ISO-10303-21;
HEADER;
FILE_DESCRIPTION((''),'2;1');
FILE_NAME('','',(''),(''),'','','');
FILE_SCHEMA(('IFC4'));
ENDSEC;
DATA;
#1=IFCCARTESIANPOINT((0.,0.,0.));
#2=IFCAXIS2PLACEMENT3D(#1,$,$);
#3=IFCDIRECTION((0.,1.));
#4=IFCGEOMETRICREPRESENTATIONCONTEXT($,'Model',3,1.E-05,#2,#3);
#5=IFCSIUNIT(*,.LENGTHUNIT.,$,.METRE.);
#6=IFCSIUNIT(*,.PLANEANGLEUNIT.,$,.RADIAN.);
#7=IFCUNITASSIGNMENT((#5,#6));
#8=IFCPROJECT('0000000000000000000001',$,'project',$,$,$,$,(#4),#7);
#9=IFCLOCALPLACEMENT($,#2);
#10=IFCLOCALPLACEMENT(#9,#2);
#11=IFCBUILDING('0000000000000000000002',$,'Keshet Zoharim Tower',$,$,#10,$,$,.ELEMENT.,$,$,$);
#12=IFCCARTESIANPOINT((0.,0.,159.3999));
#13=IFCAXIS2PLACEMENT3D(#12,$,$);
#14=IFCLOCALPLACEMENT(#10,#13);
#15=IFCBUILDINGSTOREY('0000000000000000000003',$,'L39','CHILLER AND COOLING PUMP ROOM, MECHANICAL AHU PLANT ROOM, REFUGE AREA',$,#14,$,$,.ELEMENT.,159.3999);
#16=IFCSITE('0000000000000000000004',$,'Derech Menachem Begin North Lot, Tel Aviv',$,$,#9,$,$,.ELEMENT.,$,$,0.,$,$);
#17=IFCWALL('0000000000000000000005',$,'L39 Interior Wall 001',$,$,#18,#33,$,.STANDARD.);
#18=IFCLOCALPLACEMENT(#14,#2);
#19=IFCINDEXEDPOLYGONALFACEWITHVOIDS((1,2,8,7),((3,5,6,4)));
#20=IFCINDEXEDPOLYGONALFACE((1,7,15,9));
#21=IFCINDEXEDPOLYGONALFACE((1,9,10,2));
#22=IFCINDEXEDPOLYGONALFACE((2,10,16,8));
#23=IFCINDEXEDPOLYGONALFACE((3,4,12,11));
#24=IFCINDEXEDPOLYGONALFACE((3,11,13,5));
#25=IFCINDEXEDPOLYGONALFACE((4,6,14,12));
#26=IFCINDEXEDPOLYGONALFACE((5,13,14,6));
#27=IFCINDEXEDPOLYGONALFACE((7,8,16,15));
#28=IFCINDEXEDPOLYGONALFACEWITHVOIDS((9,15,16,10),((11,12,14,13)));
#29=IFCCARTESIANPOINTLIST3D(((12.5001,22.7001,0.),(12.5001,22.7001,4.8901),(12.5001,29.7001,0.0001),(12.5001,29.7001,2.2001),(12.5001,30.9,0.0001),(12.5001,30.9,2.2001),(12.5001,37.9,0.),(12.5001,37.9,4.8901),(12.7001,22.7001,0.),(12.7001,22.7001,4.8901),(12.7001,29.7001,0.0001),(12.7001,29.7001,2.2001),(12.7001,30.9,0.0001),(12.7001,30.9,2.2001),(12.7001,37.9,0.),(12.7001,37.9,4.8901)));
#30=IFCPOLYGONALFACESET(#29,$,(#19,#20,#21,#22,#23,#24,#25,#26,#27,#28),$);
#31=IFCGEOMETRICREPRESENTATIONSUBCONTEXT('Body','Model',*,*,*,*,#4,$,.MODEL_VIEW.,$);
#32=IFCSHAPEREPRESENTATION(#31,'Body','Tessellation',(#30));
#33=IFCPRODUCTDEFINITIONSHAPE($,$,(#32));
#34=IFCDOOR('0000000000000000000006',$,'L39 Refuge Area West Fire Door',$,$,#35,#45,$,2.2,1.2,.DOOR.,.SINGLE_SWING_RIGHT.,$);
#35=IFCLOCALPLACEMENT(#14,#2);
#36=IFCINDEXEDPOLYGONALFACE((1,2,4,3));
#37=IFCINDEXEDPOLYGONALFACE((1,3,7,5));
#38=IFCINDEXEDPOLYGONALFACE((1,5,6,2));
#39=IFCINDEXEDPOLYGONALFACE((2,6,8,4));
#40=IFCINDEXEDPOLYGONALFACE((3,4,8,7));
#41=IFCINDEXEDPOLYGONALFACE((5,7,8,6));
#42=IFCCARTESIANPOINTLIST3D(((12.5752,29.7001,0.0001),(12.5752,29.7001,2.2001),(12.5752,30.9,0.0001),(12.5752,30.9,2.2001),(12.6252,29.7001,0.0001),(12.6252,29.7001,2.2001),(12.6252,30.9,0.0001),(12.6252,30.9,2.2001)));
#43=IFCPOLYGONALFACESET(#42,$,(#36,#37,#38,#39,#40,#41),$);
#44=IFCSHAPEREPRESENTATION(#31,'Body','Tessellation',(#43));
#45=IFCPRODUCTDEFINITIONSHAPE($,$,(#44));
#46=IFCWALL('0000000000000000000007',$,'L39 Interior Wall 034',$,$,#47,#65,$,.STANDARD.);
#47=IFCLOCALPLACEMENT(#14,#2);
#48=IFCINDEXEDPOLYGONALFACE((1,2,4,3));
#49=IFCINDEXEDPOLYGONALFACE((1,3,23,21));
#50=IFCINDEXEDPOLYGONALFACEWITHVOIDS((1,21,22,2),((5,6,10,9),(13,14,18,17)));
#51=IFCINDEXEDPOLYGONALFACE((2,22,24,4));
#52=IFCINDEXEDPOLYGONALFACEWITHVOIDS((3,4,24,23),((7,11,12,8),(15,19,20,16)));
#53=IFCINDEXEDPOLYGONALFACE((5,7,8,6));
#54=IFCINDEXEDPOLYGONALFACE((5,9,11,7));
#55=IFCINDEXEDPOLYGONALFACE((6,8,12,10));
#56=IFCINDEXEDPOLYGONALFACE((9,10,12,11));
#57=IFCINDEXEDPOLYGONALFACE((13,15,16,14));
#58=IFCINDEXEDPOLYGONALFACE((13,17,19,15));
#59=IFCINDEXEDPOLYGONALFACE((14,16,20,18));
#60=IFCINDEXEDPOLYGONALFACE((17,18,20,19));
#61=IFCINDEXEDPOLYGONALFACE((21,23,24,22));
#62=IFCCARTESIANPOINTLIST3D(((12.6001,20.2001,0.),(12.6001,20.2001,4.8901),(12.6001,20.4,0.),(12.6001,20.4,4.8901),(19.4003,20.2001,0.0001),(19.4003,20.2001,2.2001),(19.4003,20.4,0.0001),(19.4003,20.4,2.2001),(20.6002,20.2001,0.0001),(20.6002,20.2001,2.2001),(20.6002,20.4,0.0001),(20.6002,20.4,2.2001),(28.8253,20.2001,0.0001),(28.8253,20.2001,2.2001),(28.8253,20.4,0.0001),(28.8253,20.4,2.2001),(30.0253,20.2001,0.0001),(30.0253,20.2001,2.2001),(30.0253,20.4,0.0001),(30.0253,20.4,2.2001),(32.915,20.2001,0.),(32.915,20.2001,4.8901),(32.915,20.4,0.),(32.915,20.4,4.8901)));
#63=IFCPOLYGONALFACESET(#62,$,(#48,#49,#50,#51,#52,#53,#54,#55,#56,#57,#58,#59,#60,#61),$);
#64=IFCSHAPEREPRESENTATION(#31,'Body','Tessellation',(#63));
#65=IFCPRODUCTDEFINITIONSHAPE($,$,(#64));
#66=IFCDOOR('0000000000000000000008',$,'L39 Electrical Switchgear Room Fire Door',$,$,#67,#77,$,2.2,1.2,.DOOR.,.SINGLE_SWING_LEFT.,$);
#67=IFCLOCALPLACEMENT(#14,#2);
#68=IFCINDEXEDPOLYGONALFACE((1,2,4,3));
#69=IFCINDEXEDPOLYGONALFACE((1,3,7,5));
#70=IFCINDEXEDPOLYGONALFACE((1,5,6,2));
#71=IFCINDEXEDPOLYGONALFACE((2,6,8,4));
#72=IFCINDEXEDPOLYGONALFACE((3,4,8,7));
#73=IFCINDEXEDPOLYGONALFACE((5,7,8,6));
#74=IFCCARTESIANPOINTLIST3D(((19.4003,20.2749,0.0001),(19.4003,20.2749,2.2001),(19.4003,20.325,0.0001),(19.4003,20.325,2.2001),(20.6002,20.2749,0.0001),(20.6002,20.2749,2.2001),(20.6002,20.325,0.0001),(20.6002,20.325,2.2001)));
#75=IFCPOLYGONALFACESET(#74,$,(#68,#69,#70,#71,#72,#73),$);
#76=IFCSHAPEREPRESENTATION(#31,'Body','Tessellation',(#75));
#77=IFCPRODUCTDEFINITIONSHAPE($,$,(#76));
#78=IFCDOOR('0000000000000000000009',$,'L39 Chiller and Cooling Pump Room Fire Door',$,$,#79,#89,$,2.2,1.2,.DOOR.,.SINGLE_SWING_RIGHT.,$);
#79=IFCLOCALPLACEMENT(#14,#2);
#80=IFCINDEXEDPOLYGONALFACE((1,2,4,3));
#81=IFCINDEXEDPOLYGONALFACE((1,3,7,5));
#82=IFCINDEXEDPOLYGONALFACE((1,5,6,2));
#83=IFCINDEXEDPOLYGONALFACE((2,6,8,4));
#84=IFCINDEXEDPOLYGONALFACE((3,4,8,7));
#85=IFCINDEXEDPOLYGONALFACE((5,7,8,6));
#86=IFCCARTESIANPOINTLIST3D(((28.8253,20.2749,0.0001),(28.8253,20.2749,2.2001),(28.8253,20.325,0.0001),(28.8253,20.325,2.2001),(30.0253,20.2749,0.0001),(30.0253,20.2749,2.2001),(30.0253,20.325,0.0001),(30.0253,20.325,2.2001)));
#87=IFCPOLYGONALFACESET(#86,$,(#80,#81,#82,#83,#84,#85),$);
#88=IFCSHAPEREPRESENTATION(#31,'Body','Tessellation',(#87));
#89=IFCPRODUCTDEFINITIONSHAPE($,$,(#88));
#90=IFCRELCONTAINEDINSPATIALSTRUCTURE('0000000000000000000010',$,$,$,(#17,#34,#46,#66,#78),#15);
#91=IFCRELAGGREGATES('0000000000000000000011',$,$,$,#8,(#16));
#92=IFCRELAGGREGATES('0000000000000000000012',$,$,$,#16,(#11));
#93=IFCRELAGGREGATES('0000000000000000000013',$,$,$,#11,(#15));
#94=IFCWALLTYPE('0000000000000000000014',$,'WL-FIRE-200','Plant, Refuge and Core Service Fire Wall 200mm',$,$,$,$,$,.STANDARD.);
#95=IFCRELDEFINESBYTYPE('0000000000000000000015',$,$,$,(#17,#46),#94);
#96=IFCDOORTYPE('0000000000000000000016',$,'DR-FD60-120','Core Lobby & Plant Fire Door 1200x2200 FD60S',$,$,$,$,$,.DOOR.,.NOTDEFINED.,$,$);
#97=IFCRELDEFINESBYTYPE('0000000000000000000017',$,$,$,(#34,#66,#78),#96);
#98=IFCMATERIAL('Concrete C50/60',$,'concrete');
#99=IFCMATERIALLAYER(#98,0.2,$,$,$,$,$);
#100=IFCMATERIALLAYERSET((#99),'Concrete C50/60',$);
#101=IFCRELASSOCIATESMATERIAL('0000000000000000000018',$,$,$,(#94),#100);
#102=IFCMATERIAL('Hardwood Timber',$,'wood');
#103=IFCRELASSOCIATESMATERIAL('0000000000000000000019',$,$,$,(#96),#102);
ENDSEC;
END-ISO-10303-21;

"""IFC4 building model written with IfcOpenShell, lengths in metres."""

from ifc_helpers import new_model, si_unit, direction, frame, frame_2d, origin, place, context, subcontext, project, spatial, rectangle, extrude, material, layer, layer_set, type_object, element, fill, save


model = new_model("IFC4")

# Units and contexts
model_context = context("Model", 3, precision=1e-05, world=origin(), true_north=direction((0.0, 1.0)))
body_context = subcontext(model_context, "Body", "Model", "MODEL_VIEW")
ifc_project = project(units=[si_unit("LENGTHUNIT", "METRE"), si_unit("PLANEANGLEUNIT", "RADIAN")], contexts=[model_context])

# Site, building, storey
site_placement = place(None, origin())
site = spatial("IfcSite", under=ifc_project, at=site_placement, Name="Derech Menachem Begin North Lot, Tel Aviv", CompositionType="ELEMENT", RefElevation=0.0)
building_placement = place(site_placement, origin())
building = spatial("IfcBuilding", under=site, at=building_placement, Name="Keshet Zoharim Tower", CompositionType="ELEMENT")
storey_placement = place(building_placement, frame((0.0, 0.0, 159.3999)))
storey = spatial("IfcBuildingStorey", under=building, at=storey_placement, Name="L39", Description="CHILLER AND COOLING PUMP ROOM, MECHANICAL AHU PLANT ROOM, REFUGE AREA", CompositionType="ELEMENT", Elevation=159.3999)

# Wall, opening, door
ifc_material_1 = material(Name="Concrete C50/60", Category="concrete")
ifc_layer_1 = layer(ifc_material_1, 0.2)
ifc_layer_set_1 = layer_set([ifc_layer_1], Name="Concrete C50/60")
wall_type_1 = type_object("IfcWallType", Name="WL-FIRE-200", Description="Plant, Refuge and Core Service Fire Wall 200mm", PredefinedType="STANDARD", material=ifc_layer_set_1)
wall_1_placement = place(storey_placement, frame((12.6001, 22.7, 0.0), z_axis=(0.0, 0.0, 1.0), x_axis=(0.0, 1.0, 0.0)))
wall_1 = element("IfcWall", 1, at=wall_1_placement, inside=storey, type_object=wall_type_1, Name="L39 Interior Wall 001", PredefinedType="STANDARD", context=body_context, shape_type="SweptSolid", body=[
    extrude(rectangle(XDim=15.2, YDim=0.2, at=frame_2d((7.6001, 0.0))), origin(), (0.0, 0.0, 1.0), 4.8901),
])
opening_1_placement = place(wall_1_placement, frame((7.0, 0.0, 0.0)))
opening_1 = element("IfcOpeningElement", 2, at=opening_1_placement, cuts=wall_1, PredefinedType="OPENING", context=body_context, shape_type="SweptSolid", body=[
    extrude(rectangle(XDim=1.2, YDim=2.2, at=frame_2d((0.6001, 1.1001))), frame((0.0, 0.1099, 0.0), z_axis=(0.0, -1.0, 0.0), x_axis=(1.0, 0.0, 0.0)), (0.0, 0.0, 1.0), 0.22),
])
ifc_material_2 = material(Name="Hardwood Timber", Category="wood")
door_type = type_object("IfcDoorType", Name="DR-FD60-120", Description="Core Lobby & Plant Fire Door 1200x2200 FD60S", OperationType="NOTDEFINED", PredefinedType="DOOR", material=ifc_material_2)
door_1_placement = place(opening_1_placement, origin())
door_1 = element("IfcDoor", 3, at=door_1_placement, inside=storey, type_object=door_type, Name="L39 Refuge Area West Fire Door", OperationType="SINGLE_SWING_RIGHT", OverallHeight=2.2, OverallWidth=1.2, PredefinedType="DOOR", context=body_context, shape_type="SweptSolid", body=[
    extrude(rectangle(XDim=1.2, YDim=2.2, at=frame_2d((0.6001, 1.1001))), frame((0.0, 0.0249, 0.0), z_axis=(0.0, -1.0, 0.0), x_axis=(1.0, 0.0, 0.0)), (0.0, 0.0, 1.0), 0.05),
])
fill(opening_1, door_1)

# Wall, openings, doors
wall_2_placement = place(storey_placement, frame((12.6001, 20.3, 0.0), z_axis=(0.0, 0.0, 1.0), x_axis=(1.0, 0.0, 0.0)))
wall_2 = element("IfcWall", 4, at=wall_2_placement, inside=storey, type_object=wall_type_1, Name="L39 Interior Wall 034", PredefinedType="STANDARD", context=body_context, shape_type="SweptSolid", body=[
    extrude(rectangle(XDim=20.3149, YDim=0.2, at=frame_2d((10.1575, 0.0))), origin(), (0.0, 0.0, 1.0), 4.8901),
])
opening_2_placement = place(wall_2_placement, frame((6.8, 0.0, 0.0)))
opening_2 = element("IfcOpeningElement", 5, at=opening_2_placement, cuts=wall_2, PredefinedType="OPENING", context=body_context, shape_type="SweptSolid", body=[
    extrude(rectangle(XDim=1.2, YDim=2.2, at=frame_2d((0.6001, 1.1001))), frame((0.0, 0.1099, 0.0), z_axis=(0.0, -1.0, 0.0), x_axis=(1.0, 0.0, 0.0)), (0.0, 0.0, 1.0), 0.22),
])
opening_3_placement = place(wall_2_placement, frame((16.2251, 0.0, 0.0)))
opening_3 = element("IfcOpeningElement", 6, at=opening_3_placement, cuts=wall_2, PredefinedType="OPENING", context=body_context, shape_type="SweptSolid", body=[
    extrude(rectangle(XDim=1.2, YDim=2.2, at=frame_2d((0.6001, 1.1001))), frame((0.0, 0.1099, 0.0), z_axis=(0.0, -1.0, 0.0), x_axis=(1.0, 0.0, 0.0)), (0.0, 0.0, 1.0), 0.22),
])
door_2_placement = place(opening_2_placement, origin())
door_2 = element("IfcDoor", 7, at=door_2_placement, inside=storey, type_object=door_type, Name="L39 Electrical Switchgear Room Fire Door", OperationType="SINGLE_SWING_LEFT", OverallHeight=2.2, OverallWidth=1.2, PredefinedType="DOOR", context=body_context, shape_type="SweptSolid", body=[
    extrude(rectangle(XDim=1.2, YDim=2.2, at=frame_2d((0.6001, 1.1001))), frame((0.0, 0.0249, 0.0), z_axis=(0.0, -1.0, 0.0), x_axis=(1.0, 0.0, 0.0)), (0.0, 0.0, 1.0), 0.05),
])
fill(opening_2, door_2)
door_3_placement = place(opening_3_placement, origin())
door_3 = element("IfcDoor", 8, at=door_3_placement, inside=storey, type_object=door_type, Name="L39 Chiller and Cooling Pump Room Fire Door", OperationType="SINGLE_SWING_RIGHT", OverallHeight=2.2, OverallWidth=1.2, PredefinedType="DOOR", context=body_context, shape_type="SweptSolid", body=[
    extrude(rectangle(XDim=1.2, YDim=2.2, at=frame_2d((0.6001, 1.1001))), frame((0.0, 0.0249, 0.0), z_axis=(0.0, -1.0, 0.0), x_axis=(1.0, 0.0, 0.0)), (0.0, 0.0, 1.0), 0.05),
])
fill(opening_3, door_3)

save(model, "model.ifc")
